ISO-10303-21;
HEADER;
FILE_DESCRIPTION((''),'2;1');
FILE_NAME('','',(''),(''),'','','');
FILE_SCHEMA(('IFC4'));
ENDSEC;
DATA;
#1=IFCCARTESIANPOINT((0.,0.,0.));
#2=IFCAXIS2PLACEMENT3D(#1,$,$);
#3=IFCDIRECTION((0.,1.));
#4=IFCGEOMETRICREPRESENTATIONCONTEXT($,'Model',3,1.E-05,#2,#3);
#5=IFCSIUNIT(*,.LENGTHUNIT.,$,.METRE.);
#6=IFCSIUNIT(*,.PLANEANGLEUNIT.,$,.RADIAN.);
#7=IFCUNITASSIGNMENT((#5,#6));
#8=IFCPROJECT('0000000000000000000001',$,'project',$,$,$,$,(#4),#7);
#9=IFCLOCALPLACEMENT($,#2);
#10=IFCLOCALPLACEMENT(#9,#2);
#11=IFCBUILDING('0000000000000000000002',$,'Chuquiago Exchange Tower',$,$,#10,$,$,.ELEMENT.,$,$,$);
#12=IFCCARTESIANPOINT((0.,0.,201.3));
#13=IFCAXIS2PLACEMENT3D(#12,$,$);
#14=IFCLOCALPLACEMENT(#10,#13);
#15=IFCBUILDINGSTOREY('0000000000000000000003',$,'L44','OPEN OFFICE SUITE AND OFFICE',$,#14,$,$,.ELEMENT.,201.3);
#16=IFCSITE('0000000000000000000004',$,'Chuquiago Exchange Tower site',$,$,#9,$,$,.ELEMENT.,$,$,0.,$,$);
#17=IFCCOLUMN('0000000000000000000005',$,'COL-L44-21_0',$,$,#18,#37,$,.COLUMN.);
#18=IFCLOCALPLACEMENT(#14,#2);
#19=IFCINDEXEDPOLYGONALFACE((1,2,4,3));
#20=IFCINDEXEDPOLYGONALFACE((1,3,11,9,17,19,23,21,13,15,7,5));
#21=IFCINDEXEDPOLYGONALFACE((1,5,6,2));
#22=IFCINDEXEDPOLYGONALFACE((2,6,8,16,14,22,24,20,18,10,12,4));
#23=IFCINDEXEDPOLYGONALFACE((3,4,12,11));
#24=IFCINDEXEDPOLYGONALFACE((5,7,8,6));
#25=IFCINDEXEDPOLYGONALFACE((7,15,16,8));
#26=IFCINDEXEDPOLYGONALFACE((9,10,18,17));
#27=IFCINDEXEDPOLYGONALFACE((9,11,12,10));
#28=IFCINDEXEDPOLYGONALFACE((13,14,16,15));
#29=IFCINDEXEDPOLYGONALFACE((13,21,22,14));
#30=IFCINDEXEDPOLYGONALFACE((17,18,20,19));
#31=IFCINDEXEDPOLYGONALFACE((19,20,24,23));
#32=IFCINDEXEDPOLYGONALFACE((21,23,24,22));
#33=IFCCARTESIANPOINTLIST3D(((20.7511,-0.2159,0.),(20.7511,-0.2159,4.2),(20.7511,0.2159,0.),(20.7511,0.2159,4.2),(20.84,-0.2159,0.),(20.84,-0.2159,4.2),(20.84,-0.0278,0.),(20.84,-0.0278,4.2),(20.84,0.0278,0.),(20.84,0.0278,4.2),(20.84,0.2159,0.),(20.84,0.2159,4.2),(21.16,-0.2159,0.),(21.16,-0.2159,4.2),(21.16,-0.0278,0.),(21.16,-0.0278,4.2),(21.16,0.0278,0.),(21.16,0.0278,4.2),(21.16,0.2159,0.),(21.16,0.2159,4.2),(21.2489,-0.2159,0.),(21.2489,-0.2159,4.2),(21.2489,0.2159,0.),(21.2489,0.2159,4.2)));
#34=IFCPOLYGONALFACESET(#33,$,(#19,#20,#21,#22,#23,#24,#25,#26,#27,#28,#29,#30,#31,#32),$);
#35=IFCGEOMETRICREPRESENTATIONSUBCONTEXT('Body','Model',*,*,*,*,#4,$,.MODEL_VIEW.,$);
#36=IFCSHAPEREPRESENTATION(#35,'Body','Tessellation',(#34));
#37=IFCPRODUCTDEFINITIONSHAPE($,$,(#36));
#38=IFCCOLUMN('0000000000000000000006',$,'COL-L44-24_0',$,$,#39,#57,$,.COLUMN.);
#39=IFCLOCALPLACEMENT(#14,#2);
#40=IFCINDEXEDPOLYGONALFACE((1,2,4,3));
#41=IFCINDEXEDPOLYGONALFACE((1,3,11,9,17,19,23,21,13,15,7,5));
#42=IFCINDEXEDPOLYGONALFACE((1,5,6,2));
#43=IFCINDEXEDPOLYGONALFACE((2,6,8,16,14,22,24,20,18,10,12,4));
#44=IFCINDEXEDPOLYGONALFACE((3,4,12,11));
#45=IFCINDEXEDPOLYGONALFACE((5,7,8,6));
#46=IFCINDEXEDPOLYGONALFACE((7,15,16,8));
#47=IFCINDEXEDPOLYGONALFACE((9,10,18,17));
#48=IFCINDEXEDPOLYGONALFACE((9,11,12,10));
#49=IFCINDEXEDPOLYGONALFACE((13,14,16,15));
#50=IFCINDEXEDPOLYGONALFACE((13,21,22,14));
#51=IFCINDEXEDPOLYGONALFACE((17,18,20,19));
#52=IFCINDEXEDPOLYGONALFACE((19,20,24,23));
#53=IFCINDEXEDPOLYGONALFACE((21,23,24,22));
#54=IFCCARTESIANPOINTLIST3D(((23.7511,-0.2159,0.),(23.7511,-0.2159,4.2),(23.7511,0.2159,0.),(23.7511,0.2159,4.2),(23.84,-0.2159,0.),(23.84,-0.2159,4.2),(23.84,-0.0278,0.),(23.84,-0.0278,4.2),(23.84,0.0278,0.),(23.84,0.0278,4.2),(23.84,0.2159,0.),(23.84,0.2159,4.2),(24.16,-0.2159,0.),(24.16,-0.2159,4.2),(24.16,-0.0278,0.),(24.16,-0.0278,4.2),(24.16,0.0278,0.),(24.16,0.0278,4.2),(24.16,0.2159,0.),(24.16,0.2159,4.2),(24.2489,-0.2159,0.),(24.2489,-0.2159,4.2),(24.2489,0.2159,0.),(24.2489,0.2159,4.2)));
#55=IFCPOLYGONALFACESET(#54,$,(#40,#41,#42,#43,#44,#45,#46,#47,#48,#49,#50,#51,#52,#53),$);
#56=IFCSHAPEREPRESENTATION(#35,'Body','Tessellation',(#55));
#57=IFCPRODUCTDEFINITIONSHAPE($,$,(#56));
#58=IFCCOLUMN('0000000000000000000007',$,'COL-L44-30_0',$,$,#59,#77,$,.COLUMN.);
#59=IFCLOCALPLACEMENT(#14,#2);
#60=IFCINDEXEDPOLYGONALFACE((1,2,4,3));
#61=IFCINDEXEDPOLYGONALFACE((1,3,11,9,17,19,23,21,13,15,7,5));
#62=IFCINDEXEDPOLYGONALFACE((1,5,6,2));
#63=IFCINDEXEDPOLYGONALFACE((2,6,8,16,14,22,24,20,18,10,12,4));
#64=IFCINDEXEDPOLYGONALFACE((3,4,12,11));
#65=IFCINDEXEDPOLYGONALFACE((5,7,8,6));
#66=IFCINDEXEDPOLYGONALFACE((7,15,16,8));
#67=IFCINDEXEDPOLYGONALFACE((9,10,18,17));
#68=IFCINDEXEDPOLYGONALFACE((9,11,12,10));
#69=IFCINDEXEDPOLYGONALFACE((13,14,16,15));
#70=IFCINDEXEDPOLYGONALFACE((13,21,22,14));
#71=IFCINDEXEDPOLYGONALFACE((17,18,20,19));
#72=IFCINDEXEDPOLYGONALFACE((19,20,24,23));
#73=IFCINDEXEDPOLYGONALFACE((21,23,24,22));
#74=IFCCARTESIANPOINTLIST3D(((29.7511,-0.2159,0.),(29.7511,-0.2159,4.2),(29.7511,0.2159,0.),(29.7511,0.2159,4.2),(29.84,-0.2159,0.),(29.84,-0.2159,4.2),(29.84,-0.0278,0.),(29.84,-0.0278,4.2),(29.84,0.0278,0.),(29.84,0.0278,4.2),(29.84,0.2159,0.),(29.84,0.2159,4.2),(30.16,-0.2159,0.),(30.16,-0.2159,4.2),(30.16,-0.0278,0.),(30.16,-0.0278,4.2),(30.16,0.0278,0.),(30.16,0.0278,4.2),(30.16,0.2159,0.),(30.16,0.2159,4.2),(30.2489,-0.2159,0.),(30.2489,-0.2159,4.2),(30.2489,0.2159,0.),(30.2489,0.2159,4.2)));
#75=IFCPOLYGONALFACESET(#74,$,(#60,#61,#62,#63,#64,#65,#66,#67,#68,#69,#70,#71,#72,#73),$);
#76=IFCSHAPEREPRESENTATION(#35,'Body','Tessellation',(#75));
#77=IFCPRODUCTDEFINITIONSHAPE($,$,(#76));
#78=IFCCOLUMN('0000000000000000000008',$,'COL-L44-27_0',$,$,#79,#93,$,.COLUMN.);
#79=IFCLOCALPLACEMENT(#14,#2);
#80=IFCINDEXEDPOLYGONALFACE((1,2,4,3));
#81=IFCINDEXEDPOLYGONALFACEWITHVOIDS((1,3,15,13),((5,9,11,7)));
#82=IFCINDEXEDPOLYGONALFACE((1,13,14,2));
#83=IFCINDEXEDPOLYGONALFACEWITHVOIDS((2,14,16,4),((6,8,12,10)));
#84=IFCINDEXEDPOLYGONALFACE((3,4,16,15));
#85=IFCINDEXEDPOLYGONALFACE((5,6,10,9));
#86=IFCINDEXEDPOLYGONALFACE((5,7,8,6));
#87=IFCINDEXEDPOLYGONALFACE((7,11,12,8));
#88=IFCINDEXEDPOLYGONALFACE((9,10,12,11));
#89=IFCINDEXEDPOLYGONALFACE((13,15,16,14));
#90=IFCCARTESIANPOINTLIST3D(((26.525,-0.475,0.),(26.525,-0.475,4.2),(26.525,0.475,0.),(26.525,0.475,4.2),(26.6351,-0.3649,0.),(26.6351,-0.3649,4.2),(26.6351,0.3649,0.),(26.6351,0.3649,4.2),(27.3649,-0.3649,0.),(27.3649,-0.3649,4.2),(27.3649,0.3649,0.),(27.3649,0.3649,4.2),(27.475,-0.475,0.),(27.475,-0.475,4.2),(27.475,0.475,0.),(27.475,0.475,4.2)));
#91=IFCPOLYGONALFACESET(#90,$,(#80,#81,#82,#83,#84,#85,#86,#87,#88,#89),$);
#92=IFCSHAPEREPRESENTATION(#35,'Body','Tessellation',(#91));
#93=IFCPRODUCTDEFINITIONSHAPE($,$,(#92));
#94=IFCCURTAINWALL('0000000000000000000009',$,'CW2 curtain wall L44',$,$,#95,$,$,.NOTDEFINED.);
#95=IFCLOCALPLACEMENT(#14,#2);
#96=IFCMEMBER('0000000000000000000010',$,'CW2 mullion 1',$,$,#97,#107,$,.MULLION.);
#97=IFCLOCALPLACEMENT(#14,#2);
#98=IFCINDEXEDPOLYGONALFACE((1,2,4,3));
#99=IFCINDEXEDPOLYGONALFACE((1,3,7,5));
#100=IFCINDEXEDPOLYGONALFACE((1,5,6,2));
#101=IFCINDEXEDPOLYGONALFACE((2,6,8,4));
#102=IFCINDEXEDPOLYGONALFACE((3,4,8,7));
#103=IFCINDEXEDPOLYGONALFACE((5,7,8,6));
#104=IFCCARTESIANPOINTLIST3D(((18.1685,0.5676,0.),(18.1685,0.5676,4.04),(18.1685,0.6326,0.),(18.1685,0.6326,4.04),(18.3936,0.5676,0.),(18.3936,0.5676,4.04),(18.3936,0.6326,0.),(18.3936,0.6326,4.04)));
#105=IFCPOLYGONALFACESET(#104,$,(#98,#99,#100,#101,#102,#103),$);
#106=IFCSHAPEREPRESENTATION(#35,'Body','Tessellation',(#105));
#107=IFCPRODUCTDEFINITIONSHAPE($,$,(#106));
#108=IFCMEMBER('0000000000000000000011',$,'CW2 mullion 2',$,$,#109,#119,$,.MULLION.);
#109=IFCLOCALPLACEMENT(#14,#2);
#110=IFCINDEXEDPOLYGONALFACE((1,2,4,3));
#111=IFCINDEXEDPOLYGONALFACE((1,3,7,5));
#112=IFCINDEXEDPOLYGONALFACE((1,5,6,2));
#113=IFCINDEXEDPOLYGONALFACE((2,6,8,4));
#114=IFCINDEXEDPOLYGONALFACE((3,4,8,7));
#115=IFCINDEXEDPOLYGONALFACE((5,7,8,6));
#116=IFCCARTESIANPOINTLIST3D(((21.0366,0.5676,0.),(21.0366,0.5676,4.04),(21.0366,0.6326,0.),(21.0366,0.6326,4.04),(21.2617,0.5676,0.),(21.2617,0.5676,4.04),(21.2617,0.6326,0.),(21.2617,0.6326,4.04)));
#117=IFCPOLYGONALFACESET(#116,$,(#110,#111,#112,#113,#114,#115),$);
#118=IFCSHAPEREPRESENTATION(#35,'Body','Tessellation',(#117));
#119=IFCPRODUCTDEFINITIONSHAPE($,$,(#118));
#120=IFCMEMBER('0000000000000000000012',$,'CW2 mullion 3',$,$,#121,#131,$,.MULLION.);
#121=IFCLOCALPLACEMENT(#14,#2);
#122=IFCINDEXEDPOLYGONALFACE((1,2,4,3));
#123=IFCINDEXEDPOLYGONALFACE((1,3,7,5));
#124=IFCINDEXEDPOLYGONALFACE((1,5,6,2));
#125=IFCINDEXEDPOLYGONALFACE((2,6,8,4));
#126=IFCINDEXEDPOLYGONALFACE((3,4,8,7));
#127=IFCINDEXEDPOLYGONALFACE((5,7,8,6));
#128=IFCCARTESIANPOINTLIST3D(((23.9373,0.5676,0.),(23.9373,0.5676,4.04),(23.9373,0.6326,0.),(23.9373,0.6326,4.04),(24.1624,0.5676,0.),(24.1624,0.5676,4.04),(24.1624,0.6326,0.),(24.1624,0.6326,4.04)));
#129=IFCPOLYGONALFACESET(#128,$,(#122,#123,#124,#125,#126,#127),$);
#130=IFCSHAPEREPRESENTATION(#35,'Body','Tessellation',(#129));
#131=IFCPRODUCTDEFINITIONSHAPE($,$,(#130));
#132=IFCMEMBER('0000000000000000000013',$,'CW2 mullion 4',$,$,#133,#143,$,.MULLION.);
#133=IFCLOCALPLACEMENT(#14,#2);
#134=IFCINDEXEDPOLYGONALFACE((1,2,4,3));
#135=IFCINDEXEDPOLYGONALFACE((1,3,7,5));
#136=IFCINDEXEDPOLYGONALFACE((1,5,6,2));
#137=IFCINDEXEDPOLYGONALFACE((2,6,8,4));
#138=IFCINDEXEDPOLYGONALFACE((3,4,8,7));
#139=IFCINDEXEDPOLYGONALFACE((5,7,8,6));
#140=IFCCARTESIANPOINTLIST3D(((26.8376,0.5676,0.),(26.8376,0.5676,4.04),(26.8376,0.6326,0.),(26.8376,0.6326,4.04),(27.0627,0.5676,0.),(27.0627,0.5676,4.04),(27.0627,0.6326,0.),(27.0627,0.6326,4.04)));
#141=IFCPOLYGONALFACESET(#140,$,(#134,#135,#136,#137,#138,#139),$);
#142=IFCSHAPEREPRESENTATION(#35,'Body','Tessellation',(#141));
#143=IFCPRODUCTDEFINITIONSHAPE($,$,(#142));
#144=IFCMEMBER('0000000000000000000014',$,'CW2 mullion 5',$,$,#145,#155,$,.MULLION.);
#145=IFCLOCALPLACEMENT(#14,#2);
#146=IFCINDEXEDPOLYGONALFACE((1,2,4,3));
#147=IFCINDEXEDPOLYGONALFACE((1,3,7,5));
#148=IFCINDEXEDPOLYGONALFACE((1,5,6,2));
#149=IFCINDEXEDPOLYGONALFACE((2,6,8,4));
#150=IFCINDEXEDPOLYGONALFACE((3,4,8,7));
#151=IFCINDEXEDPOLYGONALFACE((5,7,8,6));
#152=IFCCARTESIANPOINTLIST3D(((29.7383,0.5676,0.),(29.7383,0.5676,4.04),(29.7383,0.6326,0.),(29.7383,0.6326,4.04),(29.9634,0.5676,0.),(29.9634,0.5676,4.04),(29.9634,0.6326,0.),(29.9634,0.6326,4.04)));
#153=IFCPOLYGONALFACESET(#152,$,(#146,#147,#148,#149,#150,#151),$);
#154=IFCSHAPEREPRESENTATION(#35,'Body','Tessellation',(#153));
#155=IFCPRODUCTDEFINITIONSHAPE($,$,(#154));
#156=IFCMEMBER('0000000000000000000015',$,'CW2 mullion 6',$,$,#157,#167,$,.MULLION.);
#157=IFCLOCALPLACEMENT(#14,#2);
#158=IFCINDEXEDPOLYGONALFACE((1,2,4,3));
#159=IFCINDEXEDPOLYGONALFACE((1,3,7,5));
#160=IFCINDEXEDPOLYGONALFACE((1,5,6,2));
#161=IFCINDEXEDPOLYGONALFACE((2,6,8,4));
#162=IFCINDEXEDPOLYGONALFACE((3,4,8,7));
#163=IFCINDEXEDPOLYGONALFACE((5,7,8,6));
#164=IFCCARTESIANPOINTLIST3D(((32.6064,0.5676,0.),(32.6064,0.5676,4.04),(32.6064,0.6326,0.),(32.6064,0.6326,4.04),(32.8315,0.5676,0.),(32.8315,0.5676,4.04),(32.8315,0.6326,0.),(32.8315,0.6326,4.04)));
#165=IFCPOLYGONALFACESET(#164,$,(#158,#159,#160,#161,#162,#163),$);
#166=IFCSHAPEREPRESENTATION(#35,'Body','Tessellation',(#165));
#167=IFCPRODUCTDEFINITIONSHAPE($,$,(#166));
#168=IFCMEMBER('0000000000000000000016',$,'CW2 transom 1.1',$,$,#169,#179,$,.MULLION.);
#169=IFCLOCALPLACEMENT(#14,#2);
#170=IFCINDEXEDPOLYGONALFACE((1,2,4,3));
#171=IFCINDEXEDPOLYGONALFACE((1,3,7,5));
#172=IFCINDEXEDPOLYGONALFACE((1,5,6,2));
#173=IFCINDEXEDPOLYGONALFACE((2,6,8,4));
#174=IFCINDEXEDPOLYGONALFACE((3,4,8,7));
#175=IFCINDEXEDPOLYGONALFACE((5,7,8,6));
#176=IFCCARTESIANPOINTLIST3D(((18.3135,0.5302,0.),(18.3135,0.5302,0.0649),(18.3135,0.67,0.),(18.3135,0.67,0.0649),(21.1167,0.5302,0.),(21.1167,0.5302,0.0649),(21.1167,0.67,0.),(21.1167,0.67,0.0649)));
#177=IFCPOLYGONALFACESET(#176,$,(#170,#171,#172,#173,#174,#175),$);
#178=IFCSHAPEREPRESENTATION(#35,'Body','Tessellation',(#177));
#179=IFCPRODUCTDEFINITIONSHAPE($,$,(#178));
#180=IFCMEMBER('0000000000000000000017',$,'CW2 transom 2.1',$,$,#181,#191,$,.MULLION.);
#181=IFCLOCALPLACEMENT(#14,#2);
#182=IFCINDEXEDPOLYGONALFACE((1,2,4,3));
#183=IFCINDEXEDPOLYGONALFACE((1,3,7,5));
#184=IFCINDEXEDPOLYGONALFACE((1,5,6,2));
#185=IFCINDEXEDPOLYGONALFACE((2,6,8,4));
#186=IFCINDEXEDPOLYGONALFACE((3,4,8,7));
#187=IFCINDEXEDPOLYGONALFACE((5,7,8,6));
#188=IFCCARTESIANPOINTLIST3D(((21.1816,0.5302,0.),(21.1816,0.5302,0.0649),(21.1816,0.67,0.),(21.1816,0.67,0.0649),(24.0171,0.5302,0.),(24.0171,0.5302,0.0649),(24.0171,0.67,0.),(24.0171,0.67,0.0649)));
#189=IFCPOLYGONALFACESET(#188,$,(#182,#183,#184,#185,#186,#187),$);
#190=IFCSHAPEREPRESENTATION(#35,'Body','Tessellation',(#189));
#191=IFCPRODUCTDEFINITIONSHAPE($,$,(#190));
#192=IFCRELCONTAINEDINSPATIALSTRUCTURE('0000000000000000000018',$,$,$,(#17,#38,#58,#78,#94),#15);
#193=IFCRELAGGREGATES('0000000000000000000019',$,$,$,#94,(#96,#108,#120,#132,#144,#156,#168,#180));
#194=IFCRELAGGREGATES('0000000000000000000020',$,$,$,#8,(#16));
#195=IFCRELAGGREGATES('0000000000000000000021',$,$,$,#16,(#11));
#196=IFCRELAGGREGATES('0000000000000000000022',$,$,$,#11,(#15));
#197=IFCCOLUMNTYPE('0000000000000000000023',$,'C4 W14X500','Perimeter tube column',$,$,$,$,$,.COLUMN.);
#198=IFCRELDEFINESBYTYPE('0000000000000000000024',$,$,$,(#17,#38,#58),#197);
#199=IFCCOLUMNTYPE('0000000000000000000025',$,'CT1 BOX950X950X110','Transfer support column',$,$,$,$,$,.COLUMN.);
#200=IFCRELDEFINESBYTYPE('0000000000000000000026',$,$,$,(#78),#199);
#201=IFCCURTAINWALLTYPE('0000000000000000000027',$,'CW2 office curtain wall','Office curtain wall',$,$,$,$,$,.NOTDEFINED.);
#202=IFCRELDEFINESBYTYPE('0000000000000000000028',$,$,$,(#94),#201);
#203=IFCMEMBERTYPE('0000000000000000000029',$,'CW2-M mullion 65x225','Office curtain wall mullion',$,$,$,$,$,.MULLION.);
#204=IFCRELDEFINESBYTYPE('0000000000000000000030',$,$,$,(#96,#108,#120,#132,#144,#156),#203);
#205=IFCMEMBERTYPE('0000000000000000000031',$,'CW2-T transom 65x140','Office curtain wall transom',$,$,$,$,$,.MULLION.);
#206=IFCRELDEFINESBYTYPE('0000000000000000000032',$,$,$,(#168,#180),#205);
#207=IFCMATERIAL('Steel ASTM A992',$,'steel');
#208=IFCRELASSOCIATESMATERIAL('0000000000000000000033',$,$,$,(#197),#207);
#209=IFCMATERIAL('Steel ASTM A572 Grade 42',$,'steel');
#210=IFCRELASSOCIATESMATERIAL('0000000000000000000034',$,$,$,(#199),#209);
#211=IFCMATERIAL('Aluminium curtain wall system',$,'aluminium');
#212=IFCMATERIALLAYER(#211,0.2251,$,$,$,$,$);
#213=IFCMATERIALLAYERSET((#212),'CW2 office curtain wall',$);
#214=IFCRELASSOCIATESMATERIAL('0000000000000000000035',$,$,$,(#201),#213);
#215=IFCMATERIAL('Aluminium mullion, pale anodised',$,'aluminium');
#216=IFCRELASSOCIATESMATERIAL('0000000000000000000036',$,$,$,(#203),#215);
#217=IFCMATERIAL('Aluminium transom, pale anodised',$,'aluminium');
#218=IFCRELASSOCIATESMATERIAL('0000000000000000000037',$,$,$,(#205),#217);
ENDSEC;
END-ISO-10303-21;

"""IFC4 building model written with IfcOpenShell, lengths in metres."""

from ifc_helpers import new_model, si_unit, direction, frame, origin, origin_2d, place, context, subcontext, project, spatial, rectangle, hollow_rectangle, i_section, extrude, material, layer, layer_set, material_profile, profile_set, type_object, element, aggregate, save


model = new_model("IFC4")

# Units and contexts
model_context = context("Model", 3, precision=1e-05, world=origin(), true_north=direction((0.0, 1.0)))
body_context = subcontext(model_context, "Body", "Model", "MODEL_VIEW")
ifc_project = project(units=[si_unit("LENGTHUNIT", "METRE"), si_unit("PLANEANGLEUNIT", "RADIAN")], contexts=[model_context])

# Site, building, storey
site_placement = place(None, origin())
site = spatial("IfcSite", under=ifc_project, at=site_placement, Name="Chuquiago Exchange Tower site", CompositionType="ELEMENT", RefElevation=0.0)
building_placement = place(site_placement, origin())
building = spatial("IfcBuilding", under=site, at=building_placement, Name="Chuquiago Exchange Tower", CompositionType="ELEMENT")
storey_placement = place(building_placement, frame((0.0, 0.0, 201.3)))
storey = spatial("IfcBuildingStorey", under=building, at=storey_placement, Name="L44", Description="OPEN OFFICE SUITE AND OFFICE", CompositionType="ELEMENT", Elevation=201.3)

# Columns
ifc_material_1 = material(Name="Steel ASTM A992", Category="steel")
ifc_material_profile_1 = material_profile(ifc_material_1, i_section(OverallWidth=0.4319, OverallDepth=0.4978, WebThickness=0.0557, FlangeThickness=0.0889, at=origin_2d()), Name="W14X500")
ifc_profile_set_1 = profile_set([ifc_material_profile_1], Name="Steel ASTM A992")
column_type_1 = type_object("IfcColumnType", Name="C4 W14X500", Description="Perimeter tube column", PredefinedType="COLUMN", material=ifc_profile_set_1)
for number, where, z_axis, x_axis, name in (
    (1, (21.0, 0.0, 0.0), (0.0, 0.0, 1.0), (0.0, -1.0, 0.0), "COL-L44-21_0"),
    (2, (24.0, 0.0, 0.0), (0.0, 0.0, 1.0), (0.0, -1.0, 0.0), "COL-L44-24_0"),
    (3, (30.0, 0.0, 0.0), (0.0, 0.0, 1.0), (0.0, -1.0, 0.0), "COL-L44-30_0"),
):
    element("IfcColumn", number, at=place(storey_placement, frame(where, z_axis=z_axis, x_axis=x_axis)), inside=storey, type_object=column_type_1, Name=name, PredefinedType="COLUMN", context=body_context, shape_type="SweptSolid", body=[
        extrude(i_section(OverallWidth=0.4319, OverallDepth=0.4978, WebThickness=0.0557, FlangeThickness=0.0889, at=origin_2d()), origin(), (0.0, 0.0, 1.0), 4.2),
    ])
ifc_material_2 = material(Name="Steel ASTM A572 Grade 42", Category="steel")
ifc_material_profile_2 = material_profile(ifc_material_2, hollow_rectangle(XDim=0.95, YDim=0.95, WallThickness=0.1101, at=origin_2d()), Name="BOX950X950X110")
ifc_profile_set_2 = profile_set([ifc_material_profile_2], Name="Steel ASTM A572 Grade 42")
column_type_2 = type_object("IfcColumnType", Name="CT1 BOX950X950X110", Description="Transfer support column", PredefinedType="COLUMN", material=ifc_profile_set_2)
column_placement = place(storey_placement, frame((27.0, 0.0, 0.0), z_axis=(0.0, 0.0, 1.0), x_axis=(0.0, -1.0, 0.0)))
element("IfcColumn", 4, at=column_placement, inside=storey, type_object=column_type_2, Name="COL-L44-27_0", PredefinedType="COLUMN", context=body_context, shape_type="SweptSolid", body=[
    extrude(hollow_rectangle(XDim=0.95, YDim=0.95, WallThickness=0.1101, at=origin_2d()), origin(), (0.0, 0.0, 1.0), 4.2),
])

# Curtain wall, members
ifc_material_3 = material(Name="Aluminium curtain wall system", Category="aluminium")
ifc_layer_1 = layer(ifc_material_3, 0.2251)
ifc_layer_set_1 = layer_set([ifc_layer_1], Name="CW2 office curtain wall")
curtain_wall_type_1 = type_object("IfcCurtainWallType", Name="CW2 office curtain wall", Description="Office curtain wall", PredefinedType="NOTDEFINED", material=ifc_layer_set_1)
curtain_wall_1_placement = place(storey_placement, origin())
curtain_wall_1 = element("IfcCurtainWall", 5, at=curtain_wall_1_placement, inside=storey, type_object=curtain_wall_type_1, Name="CW2 curtain wall L44", PredefinedType="NOTDEFINED")
ifc_material_4 = material(Name="Aluminium mullion, pale anodised", Category="aluminium")
ifc_material_profile_3 = material_profile(ifc_material_4, rectangle(XDim=0.0649, YDim=0.2251, at=origin_2d()), Name="AL 65x225")
ifc_profile_set_3 = profile_set([ifc_material_profile_3], Name="Aluminium mullion, pale anodised")
member_type_1 = type_object("IfcMemberType", Name="CW2-M mullion 65x225", Description="Office curtain wall mullion", PredefinedType="MULLION", material=ifc_profile_set_3)
member_1_placement = place(storey_placement, frame((18.281, 0.6001, 0.0), z_axis=(0.0, 0.0, 1.0), x_axis=(0.0, 1.0, 0.0)))
member_1 = element("IfcMember", 6, at=member_1_placement, type_object=member_type_1, Name="CW2 mullion 1", PredefinedType="MULLION", context=body_context, shape_type="SweptSolid", body=[
    extrude(rectangle(XDim=0.0649, YDim=0.2251, at=origin_2d()), origin(), (0.0, 0.0, 1.0), 4.04),
])
member_2_placement = place(storey_placement, frame((21.1492, 0.6001, 0.0), z_axis=(0.0, 0.0, 1.0), x_axis=(0.0, 1.0, 0.0)))
member_2 = element("IfcMember", 7, at=member_2_placement, type_object=member_type_1, Name="CW2 mullion 2", PredefinedType="MULLION", context=body_context, shape_type="SweptSolid", body=[
    extrude(rectangle(XDim=0.0649, YDim=0.2251, at=origin_2d()), origin(), (0.0, 0.0, 1.0), 4.04),
])
member_3_placement = place(storey_placement, frame((24.0498, 0.6001, 0.0), z_axis=(0.0, 0.0, 1.0), x_axis=(0.0, 1.0, 0.0)))
member_3 = element("IfcMember", 8, at=member_3_placement, type_object=member_type_1, Name="CW2 mullion 3", PredefinedType="MULLION", context=body_context, shape_type="SweptSolid", body=[
    extrude(rectangle(XDim=0.0649, YDim=0.2251, at=origin_2d()), origin(), (0.0, 0.0, 1.0), 4.04),
])
member_4_placement = place(storey_placement, frame((26.9502, 0.6001, 0.0), z_axis=(0.0, 0.0, 1.0), x_axis=(0.0, 1.0, 0.0)))
member_4 = element("IfcMember", 9, at=member_4_placement, type_object=member_type_1, Name="CW2 mullion 4", PredefinedType="MULLION", context=body_context, shape_type="SweptSolid", body=[
    extrude(rectangle(XDim=0.0649, YDim=0.2251, at=origin_2d()), origin(), (0.0, 0.0, 1.0), 4.04),
])
member_5_placement = place(storey_placement, frame((29.8508, 0.6001, 0.0), z_axis=(0.0, 0.0, 1.0), x_axis=(0.0, 1.0, 0.0)))
member_5 = element("IfcMember", 10, at=member_5_placement, type_object=member_type_1, Name="CW2 mullion 5", PredefinedType="MULLION", context=body_context, shape_type="SweptSolid", body=[
    extrude(rectangle(XDim=0.0649, YDim=0.2251, at=origin_2d()), origin(), (0.0, 0.0, 1.0), 4.04),
])
member_6_placement = place(storey_placement, frame((32.719, 0.6001, 0.0), z_axis=(0.0, 0.0, 1.0), x_axis=(0.0, 1.0, 0.0)))
member_6 = element("IfcMember", 11, at=member_6_placement, type_object=member_type_1, Name="CW2 mullion 6", PredefinedType="MULLION", context=body_context, shape_type="SweptSolid", body=[
    extrude(rectangle(XDim=0.0649, YDim=0.2251, at=origin_2d()), origin(), (0.0, 0.0, 1.0), 4.04),
])
ifc_material_5 = material(Name="Aluminium transom, pale anodised", Category="aluminium")
ifc_material_profile_4 = material_profile(ifc_material_5, rectangle(XDim=0.1399, YDim=0.0649, at=origin_2d()), Name="AL 140x65")
ifc_profile_set_4 = profile_set([ifc_material_profile_4], Name="Aluminium transom, pale anodised")
member_type_2 = type_object("IfcMemberType", Name="CW2-T transom 65x140", Description="Office curtain wall transom", PredefinedType="MULLION", material=ifc_profile_set_4)
member_7_placement = place(storey_placement, frame((18.3135, 0.6001, 0.0325), z_axis=(1.0, 0.0, 0.0), x_axis=(0.0, 1.0, 0.0)))
member_7 = element("IfcMember", 12, at=member_7_placement, type_object=member_type_2, Name="CW2 transom 1.1", PredefinedType="MULLION", context=body_context, shape_type="SweptSolid", body=[
    extrude(rectangle(XDim=0.1399, YDim=0.0649, at=origin_2d()), origin(), (0.0, 0.0, 1.0), 2.8032),
])
member_8_placement = place(storey_placement, frame((21.1816, 0.6001, 0.0325), z_axis=(1.0, 0.0, 0.0), x_axis=(0.0, 1.0, 0.0)))
member_8 = element("IfcMember", 13, at=member_8_placement, type_object=member_type_2, Name="CW2 transom 2.1", PredefinedType="MULLION", context=body_context, shape_type="SweptSolid", body=[
    extrude(rectangle(XDim=0.1399, YDim=0.0649, at=origin_2d()), origin(), (0.0, 0.0, 1.0), 2.8354),
])

aggregate(curtain_wall_1, [member_1, member_2, member_3, member_4, member_5, member_6, member_7, member_8])

save(model, "model.ifc")
